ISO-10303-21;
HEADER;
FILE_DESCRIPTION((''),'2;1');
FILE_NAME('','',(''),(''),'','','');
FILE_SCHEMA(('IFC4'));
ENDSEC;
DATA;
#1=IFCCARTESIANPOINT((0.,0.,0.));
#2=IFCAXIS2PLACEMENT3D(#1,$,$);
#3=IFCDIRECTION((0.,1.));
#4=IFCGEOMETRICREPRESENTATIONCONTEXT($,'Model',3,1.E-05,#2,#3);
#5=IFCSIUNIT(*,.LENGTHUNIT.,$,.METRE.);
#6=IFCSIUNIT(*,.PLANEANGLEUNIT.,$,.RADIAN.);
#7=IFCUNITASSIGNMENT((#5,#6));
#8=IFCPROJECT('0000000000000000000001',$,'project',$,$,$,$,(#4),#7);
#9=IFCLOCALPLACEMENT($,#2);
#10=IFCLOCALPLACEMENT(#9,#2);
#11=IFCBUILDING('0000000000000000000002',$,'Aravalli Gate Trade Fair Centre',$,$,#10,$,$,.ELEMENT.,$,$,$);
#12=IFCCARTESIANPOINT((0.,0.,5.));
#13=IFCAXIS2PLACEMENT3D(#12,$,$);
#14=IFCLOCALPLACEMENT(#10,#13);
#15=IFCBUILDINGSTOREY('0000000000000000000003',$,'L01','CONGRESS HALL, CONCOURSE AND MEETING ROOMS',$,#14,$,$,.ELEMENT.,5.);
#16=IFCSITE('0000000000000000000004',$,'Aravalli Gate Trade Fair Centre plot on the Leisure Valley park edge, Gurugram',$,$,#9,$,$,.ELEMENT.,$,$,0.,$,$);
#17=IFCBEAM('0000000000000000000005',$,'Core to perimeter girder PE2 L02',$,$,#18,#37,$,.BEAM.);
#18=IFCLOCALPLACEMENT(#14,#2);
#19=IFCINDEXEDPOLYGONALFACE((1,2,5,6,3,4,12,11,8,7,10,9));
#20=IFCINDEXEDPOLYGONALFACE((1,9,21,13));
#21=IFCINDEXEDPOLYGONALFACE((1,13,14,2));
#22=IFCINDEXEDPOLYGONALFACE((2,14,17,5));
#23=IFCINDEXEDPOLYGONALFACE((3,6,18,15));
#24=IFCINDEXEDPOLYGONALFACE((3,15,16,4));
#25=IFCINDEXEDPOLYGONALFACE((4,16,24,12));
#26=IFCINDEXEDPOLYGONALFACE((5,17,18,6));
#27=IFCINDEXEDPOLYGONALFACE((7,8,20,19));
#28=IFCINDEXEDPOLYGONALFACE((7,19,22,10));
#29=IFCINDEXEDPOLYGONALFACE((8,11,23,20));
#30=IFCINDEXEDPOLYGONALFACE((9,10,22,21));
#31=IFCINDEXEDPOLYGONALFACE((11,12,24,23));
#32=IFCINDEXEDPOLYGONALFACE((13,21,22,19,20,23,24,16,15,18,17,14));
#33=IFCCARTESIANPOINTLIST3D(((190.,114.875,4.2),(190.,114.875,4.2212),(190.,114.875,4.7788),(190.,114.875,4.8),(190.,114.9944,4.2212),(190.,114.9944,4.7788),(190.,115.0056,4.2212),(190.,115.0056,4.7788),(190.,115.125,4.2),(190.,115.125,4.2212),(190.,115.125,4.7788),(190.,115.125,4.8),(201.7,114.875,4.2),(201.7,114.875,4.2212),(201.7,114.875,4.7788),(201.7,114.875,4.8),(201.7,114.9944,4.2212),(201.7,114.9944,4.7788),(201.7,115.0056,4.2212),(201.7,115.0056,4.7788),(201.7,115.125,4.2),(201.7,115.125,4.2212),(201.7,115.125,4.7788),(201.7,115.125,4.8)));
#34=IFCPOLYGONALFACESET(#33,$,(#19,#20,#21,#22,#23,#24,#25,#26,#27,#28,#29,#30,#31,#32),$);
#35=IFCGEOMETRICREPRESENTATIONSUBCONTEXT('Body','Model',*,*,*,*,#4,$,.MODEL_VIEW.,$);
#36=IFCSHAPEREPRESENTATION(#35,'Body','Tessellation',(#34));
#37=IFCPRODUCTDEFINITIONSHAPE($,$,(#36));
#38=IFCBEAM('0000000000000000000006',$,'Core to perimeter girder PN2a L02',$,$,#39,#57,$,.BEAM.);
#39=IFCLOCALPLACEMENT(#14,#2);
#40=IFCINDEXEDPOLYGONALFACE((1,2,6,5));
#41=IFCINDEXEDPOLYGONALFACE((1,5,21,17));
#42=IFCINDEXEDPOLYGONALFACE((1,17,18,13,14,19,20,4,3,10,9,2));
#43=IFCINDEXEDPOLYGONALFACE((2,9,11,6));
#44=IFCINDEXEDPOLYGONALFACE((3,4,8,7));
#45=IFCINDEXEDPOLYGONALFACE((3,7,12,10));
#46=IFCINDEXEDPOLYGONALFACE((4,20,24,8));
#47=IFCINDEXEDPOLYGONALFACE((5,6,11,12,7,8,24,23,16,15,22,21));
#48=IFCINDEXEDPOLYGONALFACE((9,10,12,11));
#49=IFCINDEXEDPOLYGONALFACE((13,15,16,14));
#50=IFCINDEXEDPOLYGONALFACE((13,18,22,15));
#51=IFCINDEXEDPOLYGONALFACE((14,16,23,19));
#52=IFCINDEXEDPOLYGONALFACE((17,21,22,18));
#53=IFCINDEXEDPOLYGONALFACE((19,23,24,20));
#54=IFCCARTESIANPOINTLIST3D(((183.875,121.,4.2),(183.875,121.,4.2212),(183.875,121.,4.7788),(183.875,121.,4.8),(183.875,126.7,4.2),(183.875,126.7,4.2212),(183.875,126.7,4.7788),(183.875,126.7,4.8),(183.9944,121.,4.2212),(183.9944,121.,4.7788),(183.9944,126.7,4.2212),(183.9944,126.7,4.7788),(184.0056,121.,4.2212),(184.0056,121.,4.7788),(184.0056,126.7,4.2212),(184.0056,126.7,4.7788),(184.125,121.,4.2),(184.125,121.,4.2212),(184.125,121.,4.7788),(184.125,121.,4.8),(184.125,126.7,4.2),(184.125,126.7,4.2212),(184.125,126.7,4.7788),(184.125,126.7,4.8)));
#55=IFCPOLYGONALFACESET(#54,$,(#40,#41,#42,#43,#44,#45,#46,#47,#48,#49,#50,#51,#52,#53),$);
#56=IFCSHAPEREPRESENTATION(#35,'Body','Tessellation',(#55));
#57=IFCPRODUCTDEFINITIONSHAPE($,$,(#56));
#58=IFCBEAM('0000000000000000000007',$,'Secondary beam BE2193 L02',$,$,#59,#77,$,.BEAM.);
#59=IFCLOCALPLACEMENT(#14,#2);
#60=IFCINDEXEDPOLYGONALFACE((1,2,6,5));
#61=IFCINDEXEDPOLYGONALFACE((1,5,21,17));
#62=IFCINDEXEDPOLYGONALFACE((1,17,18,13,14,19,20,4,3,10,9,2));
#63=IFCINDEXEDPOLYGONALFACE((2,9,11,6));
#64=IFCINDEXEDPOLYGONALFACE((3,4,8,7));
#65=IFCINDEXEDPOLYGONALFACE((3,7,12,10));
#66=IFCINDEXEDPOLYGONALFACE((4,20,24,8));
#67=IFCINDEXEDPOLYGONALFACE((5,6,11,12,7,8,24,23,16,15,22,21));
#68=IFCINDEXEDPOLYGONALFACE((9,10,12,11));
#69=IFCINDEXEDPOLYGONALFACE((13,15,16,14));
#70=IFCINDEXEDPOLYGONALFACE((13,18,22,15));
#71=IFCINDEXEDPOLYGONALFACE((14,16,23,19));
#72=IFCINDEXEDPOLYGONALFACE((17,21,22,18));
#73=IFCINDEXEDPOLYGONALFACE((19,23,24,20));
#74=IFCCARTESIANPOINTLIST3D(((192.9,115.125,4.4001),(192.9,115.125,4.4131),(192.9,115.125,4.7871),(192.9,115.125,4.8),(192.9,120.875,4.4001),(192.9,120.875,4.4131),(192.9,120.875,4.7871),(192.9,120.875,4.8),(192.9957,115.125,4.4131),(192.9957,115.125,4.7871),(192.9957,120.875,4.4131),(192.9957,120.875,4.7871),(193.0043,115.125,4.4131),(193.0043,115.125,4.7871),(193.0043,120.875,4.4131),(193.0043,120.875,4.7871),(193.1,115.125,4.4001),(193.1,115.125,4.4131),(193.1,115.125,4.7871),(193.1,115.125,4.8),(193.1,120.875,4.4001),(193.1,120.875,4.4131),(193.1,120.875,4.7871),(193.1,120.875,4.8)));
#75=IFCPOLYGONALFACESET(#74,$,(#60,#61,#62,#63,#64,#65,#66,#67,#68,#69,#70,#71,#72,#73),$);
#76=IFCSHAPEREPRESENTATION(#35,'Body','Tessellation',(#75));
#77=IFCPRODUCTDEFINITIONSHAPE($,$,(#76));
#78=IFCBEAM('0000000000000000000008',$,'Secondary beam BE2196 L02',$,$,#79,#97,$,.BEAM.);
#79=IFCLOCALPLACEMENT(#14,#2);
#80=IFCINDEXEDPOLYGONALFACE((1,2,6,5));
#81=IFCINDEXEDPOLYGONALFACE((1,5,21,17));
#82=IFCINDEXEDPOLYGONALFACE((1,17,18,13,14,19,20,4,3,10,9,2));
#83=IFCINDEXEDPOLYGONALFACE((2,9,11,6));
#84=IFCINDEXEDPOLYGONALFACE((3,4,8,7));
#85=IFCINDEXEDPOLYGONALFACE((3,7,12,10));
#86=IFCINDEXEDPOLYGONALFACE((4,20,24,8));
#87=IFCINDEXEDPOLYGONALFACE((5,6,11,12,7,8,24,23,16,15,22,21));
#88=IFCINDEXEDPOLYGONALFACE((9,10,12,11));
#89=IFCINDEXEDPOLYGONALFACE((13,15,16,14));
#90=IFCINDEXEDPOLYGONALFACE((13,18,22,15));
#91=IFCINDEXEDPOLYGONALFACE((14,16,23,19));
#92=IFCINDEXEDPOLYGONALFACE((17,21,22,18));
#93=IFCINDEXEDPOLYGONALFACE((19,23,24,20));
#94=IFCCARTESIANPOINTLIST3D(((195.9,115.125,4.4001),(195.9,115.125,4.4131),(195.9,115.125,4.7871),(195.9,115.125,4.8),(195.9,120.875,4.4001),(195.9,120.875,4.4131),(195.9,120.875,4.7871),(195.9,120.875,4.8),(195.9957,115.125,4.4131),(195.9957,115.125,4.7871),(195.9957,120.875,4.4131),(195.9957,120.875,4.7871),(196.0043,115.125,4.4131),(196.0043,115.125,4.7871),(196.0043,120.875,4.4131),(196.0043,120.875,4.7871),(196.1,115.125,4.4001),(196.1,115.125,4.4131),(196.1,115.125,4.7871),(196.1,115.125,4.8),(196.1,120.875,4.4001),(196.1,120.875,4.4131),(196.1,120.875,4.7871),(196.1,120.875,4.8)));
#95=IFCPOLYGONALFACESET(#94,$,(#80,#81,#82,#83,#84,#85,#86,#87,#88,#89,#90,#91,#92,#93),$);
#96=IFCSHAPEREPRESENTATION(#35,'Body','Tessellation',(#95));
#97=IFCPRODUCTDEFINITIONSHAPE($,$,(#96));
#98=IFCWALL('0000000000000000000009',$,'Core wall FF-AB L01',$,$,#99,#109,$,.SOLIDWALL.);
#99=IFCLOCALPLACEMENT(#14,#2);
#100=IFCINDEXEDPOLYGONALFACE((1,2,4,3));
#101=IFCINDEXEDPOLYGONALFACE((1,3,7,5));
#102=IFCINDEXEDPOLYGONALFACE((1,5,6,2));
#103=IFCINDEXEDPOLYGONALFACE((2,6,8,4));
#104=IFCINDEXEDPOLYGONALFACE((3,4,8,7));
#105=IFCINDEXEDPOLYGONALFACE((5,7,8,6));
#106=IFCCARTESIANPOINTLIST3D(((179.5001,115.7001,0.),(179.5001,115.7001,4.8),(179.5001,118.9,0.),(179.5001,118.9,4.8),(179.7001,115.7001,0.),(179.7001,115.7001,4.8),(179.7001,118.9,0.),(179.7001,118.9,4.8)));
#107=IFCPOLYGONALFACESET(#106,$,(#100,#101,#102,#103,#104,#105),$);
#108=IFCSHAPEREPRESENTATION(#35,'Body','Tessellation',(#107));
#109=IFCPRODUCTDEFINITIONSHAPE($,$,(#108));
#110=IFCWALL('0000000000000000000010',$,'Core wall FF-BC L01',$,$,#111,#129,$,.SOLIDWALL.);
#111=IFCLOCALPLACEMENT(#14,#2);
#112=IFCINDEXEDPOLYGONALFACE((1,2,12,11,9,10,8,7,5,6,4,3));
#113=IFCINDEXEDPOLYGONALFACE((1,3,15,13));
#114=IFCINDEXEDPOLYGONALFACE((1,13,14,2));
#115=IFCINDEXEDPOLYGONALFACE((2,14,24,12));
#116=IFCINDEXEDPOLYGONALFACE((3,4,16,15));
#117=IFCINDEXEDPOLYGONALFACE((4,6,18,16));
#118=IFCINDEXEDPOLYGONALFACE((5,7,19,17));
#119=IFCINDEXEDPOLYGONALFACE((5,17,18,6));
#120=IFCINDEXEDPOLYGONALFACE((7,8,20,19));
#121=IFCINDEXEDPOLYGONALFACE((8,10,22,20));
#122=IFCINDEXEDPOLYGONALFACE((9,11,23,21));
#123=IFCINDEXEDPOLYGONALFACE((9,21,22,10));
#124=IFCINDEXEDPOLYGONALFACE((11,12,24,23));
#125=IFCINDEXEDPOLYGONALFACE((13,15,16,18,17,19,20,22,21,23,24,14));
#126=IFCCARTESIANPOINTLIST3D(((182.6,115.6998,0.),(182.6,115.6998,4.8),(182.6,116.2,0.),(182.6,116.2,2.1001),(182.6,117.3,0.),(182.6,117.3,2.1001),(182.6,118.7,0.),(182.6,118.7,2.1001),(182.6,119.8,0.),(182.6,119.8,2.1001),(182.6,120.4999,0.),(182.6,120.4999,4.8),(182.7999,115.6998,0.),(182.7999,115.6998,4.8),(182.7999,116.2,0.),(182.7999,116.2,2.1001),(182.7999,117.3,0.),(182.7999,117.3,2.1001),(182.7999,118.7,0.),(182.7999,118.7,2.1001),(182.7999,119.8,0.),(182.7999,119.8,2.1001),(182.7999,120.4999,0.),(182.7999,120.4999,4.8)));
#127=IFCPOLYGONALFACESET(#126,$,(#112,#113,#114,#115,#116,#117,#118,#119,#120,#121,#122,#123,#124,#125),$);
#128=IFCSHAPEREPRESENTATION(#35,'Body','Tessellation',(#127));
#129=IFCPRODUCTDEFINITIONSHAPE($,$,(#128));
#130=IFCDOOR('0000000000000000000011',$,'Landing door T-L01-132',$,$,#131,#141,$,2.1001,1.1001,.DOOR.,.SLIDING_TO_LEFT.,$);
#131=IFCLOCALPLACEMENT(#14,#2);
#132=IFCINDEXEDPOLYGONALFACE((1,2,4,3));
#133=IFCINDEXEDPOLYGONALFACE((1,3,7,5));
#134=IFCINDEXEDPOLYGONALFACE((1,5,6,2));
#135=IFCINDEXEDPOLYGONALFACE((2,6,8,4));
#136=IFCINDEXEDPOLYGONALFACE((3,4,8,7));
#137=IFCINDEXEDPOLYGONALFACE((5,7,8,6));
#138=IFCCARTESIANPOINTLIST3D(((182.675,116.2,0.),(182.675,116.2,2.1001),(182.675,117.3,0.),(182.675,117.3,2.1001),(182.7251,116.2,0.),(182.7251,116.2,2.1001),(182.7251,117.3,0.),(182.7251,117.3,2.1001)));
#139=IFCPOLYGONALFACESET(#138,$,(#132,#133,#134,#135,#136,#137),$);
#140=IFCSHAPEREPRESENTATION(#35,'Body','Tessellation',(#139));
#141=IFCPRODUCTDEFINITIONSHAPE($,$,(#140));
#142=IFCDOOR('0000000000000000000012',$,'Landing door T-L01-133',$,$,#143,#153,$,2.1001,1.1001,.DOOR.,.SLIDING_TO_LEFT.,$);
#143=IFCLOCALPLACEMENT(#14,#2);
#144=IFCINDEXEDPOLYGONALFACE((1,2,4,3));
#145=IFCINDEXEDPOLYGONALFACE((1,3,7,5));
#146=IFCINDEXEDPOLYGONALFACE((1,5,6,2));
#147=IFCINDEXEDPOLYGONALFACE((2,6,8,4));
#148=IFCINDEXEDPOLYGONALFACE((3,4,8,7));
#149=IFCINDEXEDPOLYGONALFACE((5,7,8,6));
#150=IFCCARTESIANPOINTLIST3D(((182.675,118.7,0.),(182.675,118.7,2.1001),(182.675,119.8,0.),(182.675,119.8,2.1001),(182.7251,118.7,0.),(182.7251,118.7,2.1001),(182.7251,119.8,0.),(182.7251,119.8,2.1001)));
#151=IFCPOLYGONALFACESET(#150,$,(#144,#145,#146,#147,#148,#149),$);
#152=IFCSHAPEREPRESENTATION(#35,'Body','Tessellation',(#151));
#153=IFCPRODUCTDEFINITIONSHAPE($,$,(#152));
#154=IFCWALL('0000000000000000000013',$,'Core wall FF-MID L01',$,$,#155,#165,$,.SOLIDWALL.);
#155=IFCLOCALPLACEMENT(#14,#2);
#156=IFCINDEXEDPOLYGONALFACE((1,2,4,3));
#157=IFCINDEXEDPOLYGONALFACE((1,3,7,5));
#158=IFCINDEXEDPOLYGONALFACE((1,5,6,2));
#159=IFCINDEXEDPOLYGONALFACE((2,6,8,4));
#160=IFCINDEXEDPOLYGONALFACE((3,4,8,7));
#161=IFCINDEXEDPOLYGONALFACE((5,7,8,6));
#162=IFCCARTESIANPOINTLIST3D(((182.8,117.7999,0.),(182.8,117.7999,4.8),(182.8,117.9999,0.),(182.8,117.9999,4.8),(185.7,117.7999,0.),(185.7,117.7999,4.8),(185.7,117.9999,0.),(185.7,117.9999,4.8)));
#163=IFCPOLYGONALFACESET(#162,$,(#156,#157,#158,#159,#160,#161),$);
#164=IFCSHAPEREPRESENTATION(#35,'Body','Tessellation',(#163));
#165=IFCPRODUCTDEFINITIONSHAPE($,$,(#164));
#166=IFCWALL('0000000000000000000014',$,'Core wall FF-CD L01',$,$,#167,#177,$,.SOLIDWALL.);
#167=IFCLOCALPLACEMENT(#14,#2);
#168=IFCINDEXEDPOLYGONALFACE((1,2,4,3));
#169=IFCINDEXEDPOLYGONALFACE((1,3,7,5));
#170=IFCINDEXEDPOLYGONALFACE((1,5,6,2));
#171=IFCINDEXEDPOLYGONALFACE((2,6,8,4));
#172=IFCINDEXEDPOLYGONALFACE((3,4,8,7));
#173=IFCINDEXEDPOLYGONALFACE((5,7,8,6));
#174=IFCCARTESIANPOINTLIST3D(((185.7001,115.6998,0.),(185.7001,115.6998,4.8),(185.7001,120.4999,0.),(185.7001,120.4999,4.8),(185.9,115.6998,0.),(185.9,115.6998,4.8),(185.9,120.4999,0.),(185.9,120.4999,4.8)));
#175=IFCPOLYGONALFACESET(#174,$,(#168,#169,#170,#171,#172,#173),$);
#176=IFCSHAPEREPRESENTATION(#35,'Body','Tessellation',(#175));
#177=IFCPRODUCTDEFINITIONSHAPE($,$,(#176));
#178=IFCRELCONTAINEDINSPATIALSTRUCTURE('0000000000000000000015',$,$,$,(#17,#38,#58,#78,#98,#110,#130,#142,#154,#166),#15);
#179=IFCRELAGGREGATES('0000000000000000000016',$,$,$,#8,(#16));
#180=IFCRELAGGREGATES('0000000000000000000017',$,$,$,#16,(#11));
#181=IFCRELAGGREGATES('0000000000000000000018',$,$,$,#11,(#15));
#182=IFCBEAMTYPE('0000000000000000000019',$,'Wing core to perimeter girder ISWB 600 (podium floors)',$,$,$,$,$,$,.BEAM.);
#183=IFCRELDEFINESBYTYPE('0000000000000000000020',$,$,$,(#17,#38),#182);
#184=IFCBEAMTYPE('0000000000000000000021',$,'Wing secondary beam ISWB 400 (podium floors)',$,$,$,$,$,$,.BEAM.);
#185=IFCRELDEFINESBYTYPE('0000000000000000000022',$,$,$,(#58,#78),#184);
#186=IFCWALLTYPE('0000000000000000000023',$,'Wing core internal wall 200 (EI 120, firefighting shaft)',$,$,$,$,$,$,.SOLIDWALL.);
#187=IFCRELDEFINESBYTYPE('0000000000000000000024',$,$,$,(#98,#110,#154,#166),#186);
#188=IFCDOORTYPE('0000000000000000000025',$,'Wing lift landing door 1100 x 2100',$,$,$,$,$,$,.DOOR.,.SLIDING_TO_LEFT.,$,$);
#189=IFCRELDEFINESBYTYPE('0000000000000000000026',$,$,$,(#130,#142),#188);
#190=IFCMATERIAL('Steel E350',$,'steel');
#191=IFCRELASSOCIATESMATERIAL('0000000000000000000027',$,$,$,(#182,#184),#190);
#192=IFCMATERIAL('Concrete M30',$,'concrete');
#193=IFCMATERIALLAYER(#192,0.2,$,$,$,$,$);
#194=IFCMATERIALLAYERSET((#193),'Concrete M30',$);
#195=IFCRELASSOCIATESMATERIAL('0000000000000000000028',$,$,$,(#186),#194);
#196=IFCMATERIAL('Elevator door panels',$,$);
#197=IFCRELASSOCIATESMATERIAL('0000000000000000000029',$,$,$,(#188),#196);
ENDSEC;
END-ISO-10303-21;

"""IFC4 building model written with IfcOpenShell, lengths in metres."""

from ifc_helpers import new_model, si_unit, direction, frame, frame_2d, origin, origin_2d, place, context, subcontext, project, spatial, rectangle, i_section, extrude, material, layer, layer_set, material_profile, profile_set, type_object, element, fill, save


model = new_model("IFC4")

# Units and contexts
model_context = context("Model", 3, precision=1e-05, world=origin(), true_north=direction((0.0, 1.0)))
body_context = subcontext(model_context, "Body", "Model", "MODEL_VIEW")
ifc_project = project(units=[si_unit("LENGTHUNIT", "METRE"), si_unit("PLANEANGLEUNIT", "RADIAN")], contexts=[model_context])

# Site, building, storey
site_placement = place(None, origin())
site = spatial("IfcSite", under=ifc_project, at=site_placement, Name="Aravalli Gate Trade Fair Centre plot on the Leisure Valley park edge, Gurugram", CompositionType="ELEMENT", RefElevation=0.0)
building_placement = place(site_placement, origin())
building = spatial("IfcBuilding", under=site, at=building_placement, Name="Aravalli Gate Trade Fair Centre", CompositionType="ELEMENT")
storey_placement = place(building_placement, frame((0.0, 0.0, 5.0)))
storey = spatial("IfcBuildingStorey", under=building, at=storey_placement, Name="L01", Description="CONGRESS HALL, CONCOURSE AND MEETING ROOMS", CompositionType="ELEMENT", Elevation=5.0)

# Beams
ifc_material_1 = material(Name="Steel E350", Category="steel")
ifc_material_profile_1 = material_profile(ifc_material_1, i_section(OverallWidth=0.25, OverallDepth=0.6001, WebThickness=0.0112, FlangeThickness=0.0212, at=origin_2d()), Name="ISWB 600")
ifc_profile_set_1 = profile_set([ifc_material_profile_1], Name="Steel E350")
beam_type_1 = type_object("IfcBeamType", Name="Wing core to perimeter girder ISWB 600 (podium floors)", PredefinedType="BEAM", material=ifc_profile_set_1)
beam_1_placement = place(storey_placement, frame((190.0, 115.0, 4.5), z_axis=(1.0, 0.0, 0.0), x_axis=(0.0, 1.0, 0.0)))
element("IfcBeam", 1, at=beam_1_placement, inside=storey, type_object=beam_type_1, Name="Core to perimeter girder PE2 L02", PredefinedType="BEAM", context=body_context, shape_type="SweptSolid", body=[
    extrude(i_section(OverallWidth=0.25, OverallDepth=0.6001, WebThickness=0.0112, FlangeThickness=0.0212, at=origin_2d()), origin(), (0.0, 0.0, 1.0), 11.7),
])
beam_2_placement = place(storey_placement, frame((184.0, 121.0, 4.5), z_axis=(0.0, 1.0, 0.0), x_axis=(-1.0, 0.0, 0.0)))
element("IfcBeam", 2, at=beam_2_placement, inside=storey, type_object=beam_type_1, Name="Core to perimeter girder PN2a L02", PredefinedType="BEAM", context=body_context, shape_type="SweptSolid", body=[
    extrude(i_section(OverallWidth=0.25, OverallDepth=0.6001, WebThickness=0.0112, FlangeThickness=0.0212, at=origin_2d()), origin(), (0.0, 0.0, 1.0), 5.7),
])
ifc_material_profile_2 = material_profile(ifc_material_1, i_section(OverallWidth=0.2, OverallDepth=0.3999, WebThickness=0.0085, FlangeThickness=0.0129, at=origin_2d()), Name="ISWB 400")
ifc_profile_set_2 = profile_set([ifc_material_profile_2], Name="Steel E350")
beam_type_2 = type_object("IfcBeamType", Name="Wing secondary beam ISWB 400 (podium floors)", PredefinedType="BEAM", material=ifc_profile_set_2)
for number, where, z_axis, x_axis, name in (
    (3, (193.0, 115.125, 4.6001), (0.0, 1.0, 0.0), (-1.0, 0.0, 0.0), "Secondary beam BE2193 L02"),
    (4, (196.0, 115.125, 4.6001), (0.0, 1.0, 0.0), (-1.0, 0.0, 0.0), "Secondary beam BE2196 L02"),
):
    element("IfcBeam", number, at=place(storey_placement, frame(where, z_axis=z_axis, x_axis=x_axis)), inside=storey, type_object=beam_type_2, Name=name, PredefinedType="BEAM", context=body_context, shape_type="SweptSolid", body=[
        extrude(i_section(OverallWidth=0.2, OverallDepth=0.3999, WebThickness=0.0085, FlangeThickness=0.0129, at=origin_2d()), origin(), (0.0, 0.0, 1.0), 5.75),
    ])

# Wall
ifc_material_2 = material(Name="Concrete M30", Category="concrete")
ifc_layer_1 = layer(ifc_material_2, 0.2)
ifc_layer_set_1 = layer_set([ifc_layer_1], Name="Concrete M30")
wall_type_1 = type_object("IfcWallType", Name="Wing core internal wall 200 (EI 120, firefighting shaft)", PredefinedType="SOLIDWALL", material=ifc_layer_set_1)
wall_1_placement = place(storey_placement, frame((179.6001, 115.7, 0.0), z_axis=(0.0, 0.0, 1.0), x_axis=(0.0, 1.0, 0.0)))
element("IfcWall", 5, at=wall_1_placement, inside=storey, type_object=wall_type_1, Name="Core wall FF-AB L01", PredefinedType="SOLIDWALL", context=body_context, shape_type="SweptSolid", body=[
    extrude(rectangle(XDim=3.2, YDim=0.2, at=frame_2d((1.6001, 0.0))), origin(), (0.0, 0.0, 1.0), 4.8),
])

# Wall, openings, doors
wall_2_placement = place(storey_placement, frame((182.7, 115.7, 0.0), z_axis=(0.0, 0.0, 1.0), x_axis=(0.0, 1.0, 0.0)))
wall_2 = element("IfcWall", 6, at=wall_2_placement, inside=storey, type_object=wall_type_1, Name="Core wall FF-BC L01", PredefinedType="SOLIDWALL", context=body_context, shape_type="SweptSolid", body=[
    extrude(rectangle(XDim=4.8, YDim=0.2, at=frame_2d((2.3999, 0.0))), origin(), (0.0, 0.0, 1.0), 4.8),
])
opening_1_placement = place(wall_2_placement, frame((0.5, 0.0, 0.0)))
opening_1 = element("IfcOpeningElement", 7, at=opening_1_placement, cuts=wall_2, PredefinedType="OPENING", context=body_context, shape_type="SweptSolid", body=[
    extrude(rectangle(XDim=1.1001, YDim=2.1001, at=frame_2d((0.55, 1.05))), frame((0.0, 0.1099, 0.0), z_axis=(0.0, -1.0, 0.0), x_axis=(1.0, 0.0, 0.0)), (0.0, 0.0, 1.0), 0.22),
])
opening_2_placement = place(wall_2_placement, frame((3.0, 0.0, 0.0)))
opening_2 = element("IfcOpeningElement", 8, at=opening_2_placement, cuts=wall_2, PredefinedType="OPENING", context=body_context, shape_type="SweptSolid", body=[
    extrude(rectangle(XDim=1.1001, YDim=2.1001, at=frame_2d((0.55, 1.05))), frame((0.0, 0.1099, 0.0), z_axis=(0.0, -1.0, 0.0), x_axis=(1.0, 0.0, 0.0)), (0.0, 0.0, 1.0), 0.22),
])
ifc_material_3 = material(Name="Elevator door panels")
door_type_1 = type_object("IfcDoorType", Name="Wing lift landing door 1100 x 2100", OperationType="SLIDING_TO_LEFT", PredefinedType="DOOR", material=ifc_material_3)
door_1_placement = place(opening_1_placement, origin())
door_1 = element("IfcDoor", 9, at=door_1_placement, inside=storey, type_object=door_type_1, Name="Landing door T-L01-132", OperationType="SLIDING_TO_LEFT", OverallHeight=2.1001, OverallWidth=1.1001, PredefinedType="DOOR", context=body_context, shape_type="SweptSolid", body=[
    extrude(rectangle(XDim=1.1001, YDim=2.1001, at=frame_2d((0.55, 1.05))), frame((0.0, 0.0249, 0.0), z_axis=(0.0, -1.0, 0.0), x_axis=(1.0, 0.0, 0.0)), (0.0, 0.0, 1.0), 0.05),
])
fill(opening_1, door_1)
door_2_placement = place(opening_2_placement, origin())
door_2 = element("IfcDoor", 10, at=door_2_placement, inside=storey, type_object=door_type_1, Name="Landing door T-L01-133", OperationType="SLIDING_TO_LEFT", OverallHeight=2.1001, OverallWidth=1.1001, PredefinedType="DOOR", context=body_context, shape_type="SweptSolid", body=[
    extrude(rectangle(XDim=1.1001, YDim=2.1001, at=frame_2d((0.55, 1.05))), frame((0.0, 0.0249, 0.0), z_axis=(0.0, -1.0, 0.0), x_axis=(1.0, 0.0, 0.0)), (0.0, 0.0, 1.0), 0.05),
])
fill(opening_2, door_2)

# Walls
wall_3_placement = place(storey_placement, frame((182.8, 117.8999, 0.0), z_axis=(0.0, 0.0, 1.0), x_axis=(1.0, 0.0, 0.0)))
element("IfcWall", 11, at=wall_3_placement, inside=storey, type_object=wall_type_1, Name="Core wall FF-MID L01", PredefinedType="SOLIDWALL", context=body_context, shape_type="SweptSolid", body=[
    extrude(rectangle(XDim=2.8999, YDim=0.2, at=frame_2d((1.45, 0.0))), origin(), (0.0, 0.0, 1.0), 4.8),
])
wall_4_placement = place(storey_placement, frame((185.8, 115.7, 0.0), z_axis=(0.0, 0.0, 1.0), x_axis=(0.0, 1.0, 0.0)))
element("IfcWall", 12, at=wall_4_placement, inside=storey, type_object=wall_type_1, Name="Core wall FF-CD L01", PredefinedType="SOLIDWALL", context=body_context, shape_type="SweptSolid", body=[
    extrude(rectangle(XDim=4.8, YDim=0.2, at=frame_2d((2.3999, 0.0))), origin(), (0.0, 0.0, 1.0), 4.8),
])

save(model, "model.ifc")
